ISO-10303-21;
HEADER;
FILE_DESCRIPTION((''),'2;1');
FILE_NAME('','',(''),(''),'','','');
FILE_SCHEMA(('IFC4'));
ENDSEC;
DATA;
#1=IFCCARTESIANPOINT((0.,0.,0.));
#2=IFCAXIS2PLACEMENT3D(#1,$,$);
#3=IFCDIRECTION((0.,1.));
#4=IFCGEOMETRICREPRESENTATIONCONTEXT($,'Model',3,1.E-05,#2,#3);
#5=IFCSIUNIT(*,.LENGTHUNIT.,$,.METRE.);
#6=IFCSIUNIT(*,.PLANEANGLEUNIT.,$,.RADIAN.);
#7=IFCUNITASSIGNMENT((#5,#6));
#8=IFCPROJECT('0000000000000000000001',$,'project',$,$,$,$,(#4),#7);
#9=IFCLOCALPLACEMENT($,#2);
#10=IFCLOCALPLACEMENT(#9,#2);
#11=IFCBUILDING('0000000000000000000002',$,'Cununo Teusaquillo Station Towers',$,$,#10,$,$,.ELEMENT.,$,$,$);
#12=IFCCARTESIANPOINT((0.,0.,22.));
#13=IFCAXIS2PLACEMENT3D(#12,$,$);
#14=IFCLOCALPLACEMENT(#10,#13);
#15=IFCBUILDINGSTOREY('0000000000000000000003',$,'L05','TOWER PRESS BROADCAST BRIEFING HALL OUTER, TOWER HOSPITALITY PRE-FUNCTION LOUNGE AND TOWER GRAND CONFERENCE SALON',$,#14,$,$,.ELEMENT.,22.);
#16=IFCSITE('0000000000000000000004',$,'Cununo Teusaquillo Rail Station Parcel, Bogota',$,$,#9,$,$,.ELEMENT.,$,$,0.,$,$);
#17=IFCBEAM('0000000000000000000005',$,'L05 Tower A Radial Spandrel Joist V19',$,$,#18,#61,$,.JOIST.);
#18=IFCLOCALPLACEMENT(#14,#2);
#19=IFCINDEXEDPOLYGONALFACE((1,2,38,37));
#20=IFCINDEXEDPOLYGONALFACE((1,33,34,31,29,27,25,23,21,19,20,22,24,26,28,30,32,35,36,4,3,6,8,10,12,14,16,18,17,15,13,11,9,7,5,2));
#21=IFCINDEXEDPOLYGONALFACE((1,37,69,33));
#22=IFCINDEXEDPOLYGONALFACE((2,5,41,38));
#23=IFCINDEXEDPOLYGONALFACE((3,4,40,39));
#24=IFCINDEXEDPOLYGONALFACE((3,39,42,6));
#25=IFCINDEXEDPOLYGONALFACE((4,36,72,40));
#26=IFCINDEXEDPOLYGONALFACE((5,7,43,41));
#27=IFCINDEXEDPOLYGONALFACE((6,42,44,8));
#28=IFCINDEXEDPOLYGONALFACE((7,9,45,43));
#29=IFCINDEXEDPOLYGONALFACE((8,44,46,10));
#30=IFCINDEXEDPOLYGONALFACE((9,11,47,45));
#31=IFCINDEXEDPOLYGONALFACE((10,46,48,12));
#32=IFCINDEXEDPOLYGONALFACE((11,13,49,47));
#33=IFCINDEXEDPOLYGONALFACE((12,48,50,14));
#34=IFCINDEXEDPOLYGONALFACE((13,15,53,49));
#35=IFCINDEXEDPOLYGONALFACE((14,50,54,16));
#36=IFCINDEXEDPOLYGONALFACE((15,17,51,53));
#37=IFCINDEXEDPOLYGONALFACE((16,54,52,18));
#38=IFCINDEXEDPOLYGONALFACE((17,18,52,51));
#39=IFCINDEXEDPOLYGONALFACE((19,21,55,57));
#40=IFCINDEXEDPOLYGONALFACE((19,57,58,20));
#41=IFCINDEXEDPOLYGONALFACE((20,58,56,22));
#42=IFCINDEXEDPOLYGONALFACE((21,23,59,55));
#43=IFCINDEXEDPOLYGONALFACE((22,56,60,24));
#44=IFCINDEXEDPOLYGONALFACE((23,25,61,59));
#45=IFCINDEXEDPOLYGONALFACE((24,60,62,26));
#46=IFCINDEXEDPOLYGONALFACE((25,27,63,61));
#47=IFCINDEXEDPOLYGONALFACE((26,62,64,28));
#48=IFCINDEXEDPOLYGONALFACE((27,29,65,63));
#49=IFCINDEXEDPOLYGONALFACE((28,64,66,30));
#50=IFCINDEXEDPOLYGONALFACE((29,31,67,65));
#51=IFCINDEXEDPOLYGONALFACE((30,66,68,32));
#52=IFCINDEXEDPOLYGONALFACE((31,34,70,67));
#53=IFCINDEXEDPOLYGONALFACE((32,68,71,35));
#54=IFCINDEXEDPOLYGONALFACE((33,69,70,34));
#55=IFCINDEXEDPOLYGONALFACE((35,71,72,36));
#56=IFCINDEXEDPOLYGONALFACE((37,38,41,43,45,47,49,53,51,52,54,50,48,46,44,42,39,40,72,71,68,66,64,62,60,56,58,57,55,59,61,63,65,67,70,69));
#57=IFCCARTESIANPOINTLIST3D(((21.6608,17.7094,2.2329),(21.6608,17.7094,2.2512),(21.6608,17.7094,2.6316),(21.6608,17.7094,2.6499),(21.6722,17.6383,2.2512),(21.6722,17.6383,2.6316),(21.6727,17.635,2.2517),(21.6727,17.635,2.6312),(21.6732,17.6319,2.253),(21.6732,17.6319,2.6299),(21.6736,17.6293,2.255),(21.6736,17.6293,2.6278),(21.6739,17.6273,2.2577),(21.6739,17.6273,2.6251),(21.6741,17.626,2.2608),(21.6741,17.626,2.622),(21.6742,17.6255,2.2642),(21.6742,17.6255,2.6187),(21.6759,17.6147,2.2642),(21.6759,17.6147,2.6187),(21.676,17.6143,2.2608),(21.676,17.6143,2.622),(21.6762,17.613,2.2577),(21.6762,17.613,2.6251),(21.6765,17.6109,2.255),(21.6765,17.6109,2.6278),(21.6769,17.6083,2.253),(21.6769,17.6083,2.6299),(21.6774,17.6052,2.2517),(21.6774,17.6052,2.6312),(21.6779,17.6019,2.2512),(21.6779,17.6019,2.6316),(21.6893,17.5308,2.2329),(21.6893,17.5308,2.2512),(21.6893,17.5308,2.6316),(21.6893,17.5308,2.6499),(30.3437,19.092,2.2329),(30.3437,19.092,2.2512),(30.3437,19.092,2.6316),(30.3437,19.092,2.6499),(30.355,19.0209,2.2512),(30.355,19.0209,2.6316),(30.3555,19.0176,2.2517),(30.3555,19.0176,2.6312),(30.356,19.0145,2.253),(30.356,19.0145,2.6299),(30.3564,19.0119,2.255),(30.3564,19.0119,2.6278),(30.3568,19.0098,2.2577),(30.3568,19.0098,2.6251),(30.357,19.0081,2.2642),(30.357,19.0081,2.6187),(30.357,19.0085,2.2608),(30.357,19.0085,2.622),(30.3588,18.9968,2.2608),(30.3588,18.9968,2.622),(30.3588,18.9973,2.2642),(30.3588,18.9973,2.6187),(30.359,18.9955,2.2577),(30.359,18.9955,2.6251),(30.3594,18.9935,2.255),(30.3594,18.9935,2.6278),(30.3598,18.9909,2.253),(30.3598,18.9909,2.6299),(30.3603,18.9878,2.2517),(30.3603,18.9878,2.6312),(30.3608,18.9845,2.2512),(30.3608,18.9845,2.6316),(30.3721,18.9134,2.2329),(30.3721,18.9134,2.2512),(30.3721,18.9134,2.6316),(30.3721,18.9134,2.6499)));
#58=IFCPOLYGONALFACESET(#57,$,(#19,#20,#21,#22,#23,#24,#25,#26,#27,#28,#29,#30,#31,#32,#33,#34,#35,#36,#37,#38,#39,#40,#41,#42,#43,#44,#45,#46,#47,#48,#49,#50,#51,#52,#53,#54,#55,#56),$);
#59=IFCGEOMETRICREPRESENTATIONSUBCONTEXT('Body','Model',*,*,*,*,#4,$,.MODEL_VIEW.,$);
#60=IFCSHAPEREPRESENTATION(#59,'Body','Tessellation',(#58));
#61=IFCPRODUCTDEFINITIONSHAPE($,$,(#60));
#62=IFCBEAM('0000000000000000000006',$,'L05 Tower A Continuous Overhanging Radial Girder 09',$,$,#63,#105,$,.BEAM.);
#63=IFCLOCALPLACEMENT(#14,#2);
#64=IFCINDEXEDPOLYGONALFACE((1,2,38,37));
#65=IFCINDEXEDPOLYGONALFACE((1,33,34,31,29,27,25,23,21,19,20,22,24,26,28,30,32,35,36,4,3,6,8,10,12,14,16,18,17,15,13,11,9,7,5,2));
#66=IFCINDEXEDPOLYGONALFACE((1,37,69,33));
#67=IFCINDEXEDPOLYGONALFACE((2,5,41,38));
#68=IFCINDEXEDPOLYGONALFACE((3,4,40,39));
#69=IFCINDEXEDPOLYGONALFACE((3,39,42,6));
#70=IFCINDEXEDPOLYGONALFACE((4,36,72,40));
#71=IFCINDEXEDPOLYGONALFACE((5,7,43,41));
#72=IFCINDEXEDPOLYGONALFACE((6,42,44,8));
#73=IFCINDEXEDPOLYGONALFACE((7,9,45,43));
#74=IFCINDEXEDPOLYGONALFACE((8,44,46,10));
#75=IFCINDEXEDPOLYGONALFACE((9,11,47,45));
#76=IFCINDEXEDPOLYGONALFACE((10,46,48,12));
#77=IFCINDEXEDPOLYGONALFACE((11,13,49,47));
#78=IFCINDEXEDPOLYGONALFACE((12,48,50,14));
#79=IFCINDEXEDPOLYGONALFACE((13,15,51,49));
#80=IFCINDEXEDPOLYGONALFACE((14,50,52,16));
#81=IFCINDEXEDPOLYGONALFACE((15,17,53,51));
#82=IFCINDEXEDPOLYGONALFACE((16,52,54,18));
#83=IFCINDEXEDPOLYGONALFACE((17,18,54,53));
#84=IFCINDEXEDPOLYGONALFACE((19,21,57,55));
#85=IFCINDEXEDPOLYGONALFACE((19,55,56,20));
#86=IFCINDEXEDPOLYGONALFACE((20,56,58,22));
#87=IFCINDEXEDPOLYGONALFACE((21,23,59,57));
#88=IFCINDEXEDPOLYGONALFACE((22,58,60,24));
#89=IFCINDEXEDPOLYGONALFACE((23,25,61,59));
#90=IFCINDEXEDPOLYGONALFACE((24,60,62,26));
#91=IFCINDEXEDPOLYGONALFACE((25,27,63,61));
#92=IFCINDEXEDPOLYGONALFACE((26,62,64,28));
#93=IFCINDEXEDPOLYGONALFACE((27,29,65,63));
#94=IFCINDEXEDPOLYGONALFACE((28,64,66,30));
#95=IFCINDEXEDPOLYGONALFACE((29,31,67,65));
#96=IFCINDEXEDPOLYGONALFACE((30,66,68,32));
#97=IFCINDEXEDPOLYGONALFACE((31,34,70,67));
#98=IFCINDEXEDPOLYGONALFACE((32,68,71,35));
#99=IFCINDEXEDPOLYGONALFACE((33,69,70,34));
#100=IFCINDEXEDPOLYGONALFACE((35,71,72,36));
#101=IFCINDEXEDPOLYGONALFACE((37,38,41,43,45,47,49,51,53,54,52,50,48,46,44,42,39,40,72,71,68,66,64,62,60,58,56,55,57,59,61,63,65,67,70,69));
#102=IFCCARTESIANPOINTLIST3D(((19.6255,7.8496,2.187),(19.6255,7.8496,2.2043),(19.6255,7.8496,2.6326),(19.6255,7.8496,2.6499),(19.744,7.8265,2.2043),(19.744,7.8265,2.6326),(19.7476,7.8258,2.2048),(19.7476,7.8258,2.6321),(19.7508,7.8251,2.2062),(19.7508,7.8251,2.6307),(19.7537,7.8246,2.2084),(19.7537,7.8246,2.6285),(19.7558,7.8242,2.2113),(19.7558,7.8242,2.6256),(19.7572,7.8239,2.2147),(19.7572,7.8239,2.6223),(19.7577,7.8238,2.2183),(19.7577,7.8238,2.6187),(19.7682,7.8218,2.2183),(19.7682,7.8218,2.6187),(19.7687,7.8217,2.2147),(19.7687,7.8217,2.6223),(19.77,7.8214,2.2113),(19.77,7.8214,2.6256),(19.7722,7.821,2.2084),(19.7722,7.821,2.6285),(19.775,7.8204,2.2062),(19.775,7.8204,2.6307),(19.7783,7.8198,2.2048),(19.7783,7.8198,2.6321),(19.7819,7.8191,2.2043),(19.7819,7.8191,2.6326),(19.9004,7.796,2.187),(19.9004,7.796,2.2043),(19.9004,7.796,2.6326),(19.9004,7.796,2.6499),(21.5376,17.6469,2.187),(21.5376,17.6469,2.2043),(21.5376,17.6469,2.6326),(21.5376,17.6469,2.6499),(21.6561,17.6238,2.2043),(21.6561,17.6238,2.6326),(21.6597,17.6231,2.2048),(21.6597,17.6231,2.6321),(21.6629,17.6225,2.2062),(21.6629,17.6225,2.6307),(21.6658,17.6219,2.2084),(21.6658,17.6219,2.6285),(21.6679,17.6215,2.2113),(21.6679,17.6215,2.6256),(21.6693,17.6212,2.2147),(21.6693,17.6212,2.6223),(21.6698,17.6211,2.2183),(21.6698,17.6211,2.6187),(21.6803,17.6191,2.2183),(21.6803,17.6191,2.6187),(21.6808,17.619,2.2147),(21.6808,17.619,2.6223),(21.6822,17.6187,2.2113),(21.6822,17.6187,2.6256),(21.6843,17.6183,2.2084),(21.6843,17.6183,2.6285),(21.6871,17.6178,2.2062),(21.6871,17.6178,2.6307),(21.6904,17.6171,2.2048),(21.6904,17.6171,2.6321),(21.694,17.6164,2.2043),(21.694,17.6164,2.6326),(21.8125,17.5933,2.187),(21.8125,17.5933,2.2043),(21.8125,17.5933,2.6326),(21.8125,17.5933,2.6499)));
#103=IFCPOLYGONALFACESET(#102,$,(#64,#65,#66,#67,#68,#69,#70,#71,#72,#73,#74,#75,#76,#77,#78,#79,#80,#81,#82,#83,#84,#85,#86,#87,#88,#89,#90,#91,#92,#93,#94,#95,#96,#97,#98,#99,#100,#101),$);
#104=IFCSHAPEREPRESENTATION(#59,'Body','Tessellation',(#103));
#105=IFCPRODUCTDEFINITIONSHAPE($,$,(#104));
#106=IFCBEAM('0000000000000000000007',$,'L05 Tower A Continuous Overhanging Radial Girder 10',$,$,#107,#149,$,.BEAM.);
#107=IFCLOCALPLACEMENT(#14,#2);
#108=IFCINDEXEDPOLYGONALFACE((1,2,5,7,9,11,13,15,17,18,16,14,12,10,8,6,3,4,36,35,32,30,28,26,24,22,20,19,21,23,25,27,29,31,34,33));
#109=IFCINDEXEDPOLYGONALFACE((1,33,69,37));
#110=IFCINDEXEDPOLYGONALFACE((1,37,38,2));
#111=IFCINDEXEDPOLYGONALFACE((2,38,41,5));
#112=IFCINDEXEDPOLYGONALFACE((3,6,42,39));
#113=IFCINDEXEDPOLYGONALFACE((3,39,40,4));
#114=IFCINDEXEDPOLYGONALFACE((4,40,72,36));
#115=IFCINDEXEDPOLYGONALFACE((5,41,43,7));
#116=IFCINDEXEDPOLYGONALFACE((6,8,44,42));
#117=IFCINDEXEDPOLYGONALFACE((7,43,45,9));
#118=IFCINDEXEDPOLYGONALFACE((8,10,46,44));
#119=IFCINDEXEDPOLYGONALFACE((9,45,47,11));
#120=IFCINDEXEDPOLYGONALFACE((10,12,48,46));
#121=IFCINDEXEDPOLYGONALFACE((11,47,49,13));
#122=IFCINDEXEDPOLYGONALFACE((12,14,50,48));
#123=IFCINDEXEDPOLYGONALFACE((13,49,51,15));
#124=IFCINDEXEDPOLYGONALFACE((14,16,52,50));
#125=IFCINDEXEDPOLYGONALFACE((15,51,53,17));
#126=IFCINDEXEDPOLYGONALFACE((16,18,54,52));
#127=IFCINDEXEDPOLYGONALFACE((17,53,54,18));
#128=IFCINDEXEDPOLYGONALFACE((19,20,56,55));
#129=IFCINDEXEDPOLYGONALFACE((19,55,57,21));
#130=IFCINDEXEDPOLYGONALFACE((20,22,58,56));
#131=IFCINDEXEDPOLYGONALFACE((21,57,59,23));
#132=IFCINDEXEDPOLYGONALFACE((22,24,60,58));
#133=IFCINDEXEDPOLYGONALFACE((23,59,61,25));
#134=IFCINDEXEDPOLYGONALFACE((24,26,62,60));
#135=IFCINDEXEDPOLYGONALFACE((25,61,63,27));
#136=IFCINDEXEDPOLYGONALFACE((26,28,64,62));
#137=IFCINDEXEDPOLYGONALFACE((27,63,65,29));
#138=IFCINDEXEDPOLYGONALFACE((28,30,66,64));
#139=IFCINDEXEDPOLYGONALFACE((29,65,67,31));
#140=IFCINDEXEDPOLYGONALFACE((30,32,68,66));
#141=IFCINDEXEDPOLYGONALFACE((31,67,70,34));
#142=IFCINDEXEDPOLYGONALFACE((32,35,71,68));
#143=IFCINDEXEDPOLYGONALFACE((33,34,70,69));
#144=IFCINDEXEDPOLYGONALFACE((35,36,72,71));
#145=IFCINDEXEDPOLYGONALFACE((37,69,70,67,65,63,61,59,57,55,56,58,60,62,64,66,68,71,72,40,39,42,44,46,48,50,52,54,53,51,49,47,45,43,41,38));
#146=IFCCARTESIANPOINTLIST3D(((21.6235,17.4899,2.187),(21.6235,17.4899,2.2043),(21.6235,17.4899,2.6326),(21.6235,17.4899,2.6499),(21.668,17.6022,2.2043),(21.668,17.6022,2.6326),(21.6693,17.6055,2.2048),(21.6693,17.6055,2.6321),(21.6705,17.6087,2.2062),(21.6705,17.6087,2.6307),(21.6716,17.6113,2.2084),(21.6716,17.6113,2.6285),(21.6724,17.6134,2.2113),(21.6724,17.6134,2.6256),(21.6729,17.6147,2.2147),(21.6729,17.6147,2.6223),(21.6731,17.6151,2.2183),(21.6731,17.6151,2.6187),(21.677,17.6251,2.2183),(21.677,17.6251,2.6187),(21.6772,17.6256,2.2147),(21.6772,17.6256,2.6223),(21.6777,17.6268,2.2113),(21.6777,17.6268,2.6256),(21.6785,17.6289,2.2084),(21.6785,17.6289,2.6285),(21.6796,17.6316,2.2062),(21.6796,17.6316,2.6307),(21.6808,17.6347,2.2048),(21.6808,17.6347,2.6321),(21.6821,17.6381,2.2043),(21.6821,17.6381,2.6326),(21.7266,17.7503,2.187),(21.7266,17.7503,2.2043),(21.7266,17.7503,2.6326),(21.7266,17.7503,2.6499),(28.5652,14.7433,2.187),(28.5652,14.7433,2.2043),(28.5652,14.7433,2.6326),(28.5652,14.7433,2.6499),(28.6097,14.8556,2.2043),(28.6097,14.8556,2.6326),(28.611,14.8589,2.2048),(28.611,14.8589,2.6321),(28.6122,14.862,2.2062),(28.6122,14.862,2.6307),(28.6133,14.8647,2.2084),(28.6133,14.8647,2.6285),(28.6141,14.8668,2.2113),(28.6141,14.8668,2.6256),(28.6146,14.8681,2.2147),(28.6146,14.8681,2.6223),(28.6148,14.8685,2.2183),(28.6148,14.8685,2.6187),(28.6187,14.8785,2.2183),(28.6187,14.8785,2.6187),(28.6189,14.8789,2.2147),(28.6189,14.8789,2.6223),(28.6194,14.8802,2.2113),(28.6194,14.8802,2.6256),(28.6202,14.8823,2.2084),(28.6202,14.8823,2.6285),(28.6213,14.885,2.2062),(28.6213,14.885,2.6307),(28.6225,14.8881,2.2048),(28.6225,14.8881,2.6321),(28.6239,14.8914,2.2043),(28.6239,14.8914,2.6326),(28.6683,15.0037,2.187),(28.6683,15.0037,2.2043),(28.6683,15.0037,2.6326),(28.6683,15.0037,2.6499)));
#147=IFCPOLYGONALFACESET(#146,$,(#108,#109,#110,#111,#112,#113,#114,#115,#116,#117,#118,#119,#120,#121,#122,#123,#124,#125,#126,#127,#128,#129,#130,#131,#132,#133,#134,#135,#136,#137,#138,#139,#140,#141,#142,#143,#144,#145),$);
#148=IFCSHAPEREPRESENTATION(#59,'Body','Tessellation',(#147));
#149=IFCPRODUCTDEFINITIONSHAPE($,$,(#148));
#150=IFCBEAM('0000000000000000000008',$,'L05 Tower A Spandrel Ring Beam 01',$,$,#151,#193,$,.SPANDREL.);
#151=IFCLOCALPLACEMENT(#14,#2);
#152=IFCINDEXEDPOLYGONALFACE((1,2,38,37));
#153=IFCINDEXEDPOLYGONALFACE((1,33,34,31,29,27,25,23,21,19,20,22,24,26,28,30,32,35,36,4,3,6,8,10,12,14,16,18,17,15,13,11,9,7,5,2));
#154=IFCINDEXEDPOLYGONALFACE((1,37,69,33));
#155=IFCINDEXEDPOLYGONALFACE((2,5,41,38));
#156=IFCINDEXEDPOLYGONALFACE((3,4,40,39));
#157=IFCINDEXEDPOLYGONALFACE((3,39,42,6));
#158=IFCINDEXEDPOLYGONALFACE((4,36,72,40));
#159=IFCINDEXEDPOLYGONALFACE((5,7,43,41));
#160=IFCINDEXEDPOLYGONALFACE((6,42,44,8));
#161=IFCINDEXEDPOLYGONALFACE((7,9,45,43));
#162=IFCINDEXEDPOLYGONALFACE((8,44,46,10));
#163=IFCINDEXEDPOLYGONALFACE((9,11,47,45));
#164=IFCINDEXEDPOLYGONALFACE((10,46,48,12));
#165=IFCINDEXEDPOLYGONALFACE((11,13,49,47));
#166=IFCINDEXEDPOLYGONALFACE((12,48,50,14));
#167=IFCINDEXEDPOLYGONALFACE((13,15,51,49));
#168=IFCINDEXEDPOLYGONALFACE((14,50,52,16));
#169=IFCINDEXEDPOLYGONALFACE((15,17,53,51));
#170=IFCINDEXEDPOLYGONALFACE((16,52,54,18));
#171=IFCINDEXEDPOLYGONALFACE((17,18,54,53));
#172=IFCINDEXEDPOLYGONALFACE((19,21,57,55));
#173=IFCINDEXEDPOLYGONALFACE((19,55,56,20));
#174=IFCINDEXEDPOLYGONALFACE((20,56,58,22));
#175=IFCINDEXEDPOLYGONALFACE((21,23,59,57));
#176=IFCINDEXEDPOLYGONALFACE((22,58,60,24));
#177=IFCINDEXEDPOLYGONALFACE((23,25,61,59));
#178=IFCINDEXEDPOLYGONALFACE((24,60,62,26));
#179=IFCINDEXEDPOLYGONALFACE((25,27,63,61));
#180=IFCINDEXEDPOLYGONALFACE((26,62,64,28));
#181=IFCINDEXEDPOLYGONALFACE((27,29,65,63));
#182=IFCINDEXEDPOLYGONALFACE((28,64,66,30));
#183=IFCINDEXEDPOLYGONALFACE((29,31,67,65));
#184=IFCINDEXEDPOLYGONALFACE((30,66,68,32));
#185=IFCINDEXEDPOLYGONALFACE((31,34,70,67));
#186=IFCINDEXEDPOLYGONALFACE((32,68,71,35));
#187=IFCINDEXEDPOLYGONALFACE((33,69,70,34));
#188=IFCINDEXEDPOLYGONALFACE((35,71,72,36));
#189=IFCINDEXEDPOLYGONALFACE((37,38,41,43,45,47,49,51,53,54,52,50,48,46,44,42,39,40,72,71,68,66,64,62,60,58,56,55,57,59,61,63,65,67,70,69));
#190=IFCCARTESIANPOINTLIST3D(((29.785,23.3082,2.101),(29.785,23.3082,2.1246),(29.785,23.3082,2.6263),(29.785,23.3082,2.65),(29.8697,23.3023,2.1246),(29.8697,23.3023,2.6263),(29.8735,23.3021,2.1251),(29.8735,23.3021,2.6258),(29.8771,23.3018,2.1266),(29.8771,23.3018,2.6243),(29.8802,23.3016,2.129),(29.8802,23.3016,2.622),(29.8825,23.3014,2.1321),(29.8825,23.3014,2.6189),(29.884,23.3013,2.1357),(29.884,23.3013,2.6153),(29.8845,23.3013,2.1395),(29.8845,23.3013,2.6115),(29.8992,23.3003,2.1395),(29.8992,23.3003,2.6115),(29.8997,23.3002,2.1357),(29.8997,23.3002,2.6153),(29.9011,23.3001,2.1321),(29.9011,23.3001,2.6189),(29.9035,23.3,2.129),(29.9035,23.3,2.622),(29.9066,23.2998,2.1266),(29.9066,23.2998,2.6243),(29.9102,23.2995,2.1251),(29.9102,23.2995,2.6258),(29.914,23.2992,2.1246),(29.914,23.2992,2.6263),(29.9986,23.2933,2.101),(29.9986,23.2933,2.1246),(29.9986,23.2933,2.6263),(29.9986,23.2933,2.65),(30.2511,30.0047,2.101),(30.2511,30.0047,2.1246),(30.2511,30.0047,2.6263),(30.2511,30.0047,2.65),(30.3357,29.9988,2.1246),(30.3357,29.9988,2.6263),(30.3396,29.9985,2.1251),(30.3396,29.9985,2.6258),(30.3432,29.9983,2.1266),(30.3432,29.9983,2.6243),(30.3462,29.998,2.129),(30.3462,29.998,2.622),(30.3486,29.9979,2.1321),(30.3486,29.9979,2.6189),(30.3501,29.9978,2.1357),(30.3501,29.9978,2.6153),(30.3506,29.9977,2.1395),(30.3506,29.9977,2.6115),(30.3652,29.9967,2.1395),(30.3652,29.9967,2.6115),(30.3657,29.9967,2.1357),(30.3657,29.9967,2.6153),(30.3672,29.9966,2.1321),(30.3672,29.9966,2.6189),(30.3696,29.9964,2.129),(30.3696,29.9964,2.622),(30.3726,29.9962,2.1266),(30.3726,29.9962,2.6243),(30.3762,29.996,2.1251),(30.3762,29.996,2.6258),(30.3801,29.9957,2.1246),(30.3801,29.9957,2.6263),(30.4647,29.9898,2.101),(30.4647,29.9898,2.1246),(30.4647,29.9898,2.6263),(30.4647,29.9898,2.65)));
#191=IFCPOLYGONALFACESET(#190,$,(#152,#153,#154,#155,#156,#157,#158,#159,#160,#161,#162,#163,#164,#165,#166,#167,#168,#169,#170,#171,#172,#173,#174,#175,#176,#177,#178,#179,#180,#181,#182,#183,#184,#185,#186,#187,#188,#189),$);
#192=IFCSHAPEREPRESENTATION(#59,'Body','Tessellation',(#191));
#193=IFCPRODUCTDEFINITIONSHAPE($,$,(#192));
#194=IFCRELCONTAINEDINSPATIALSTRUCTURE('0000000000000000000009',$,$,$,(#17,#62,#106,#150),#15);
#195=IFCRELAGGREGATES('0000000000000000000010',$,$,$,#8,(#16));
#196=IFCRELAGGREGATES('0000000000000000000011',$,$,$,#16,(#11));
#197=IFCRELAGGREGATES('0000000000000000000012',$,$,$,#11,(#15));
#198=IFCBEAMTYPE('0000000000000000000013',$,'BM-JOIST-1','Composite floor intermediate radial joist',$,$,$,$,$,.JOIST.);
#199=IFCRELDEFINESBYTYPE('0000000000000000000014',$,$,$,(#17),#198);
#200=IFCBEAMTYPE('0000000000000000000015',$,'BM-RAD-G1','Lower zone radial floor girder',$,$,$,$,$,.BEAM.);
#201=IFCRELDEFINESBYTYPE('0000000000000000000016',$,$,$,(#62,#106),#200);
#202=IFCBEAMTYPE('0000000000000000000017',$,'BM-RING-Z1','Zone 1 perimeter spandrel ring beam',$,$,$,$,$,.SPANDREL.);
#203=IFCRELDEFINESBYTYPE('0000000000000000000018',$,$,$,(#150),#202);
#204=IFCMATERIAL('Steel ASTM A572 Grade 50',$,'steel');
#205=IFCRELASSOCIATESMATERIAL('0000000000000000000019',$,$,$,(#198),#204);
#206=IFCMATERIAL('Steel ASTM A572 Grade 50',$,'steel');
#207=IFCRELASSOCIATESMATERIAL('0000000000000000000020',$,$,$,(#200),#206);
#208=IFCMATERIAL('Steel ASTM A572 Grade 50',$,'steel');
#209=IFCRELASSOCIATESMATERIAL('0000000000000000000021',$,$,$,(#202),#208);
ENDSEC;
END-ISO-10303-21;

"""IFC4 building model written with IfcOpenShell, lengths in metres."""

from ifc_helpers import new_model, si_unit, direction, frame, origin, origin_2d, place, context, subcontext, project, spatial, i_section, extrude, material, material_profile, profile_set, type_object, element, save


model = new_model("IFC4")

# Units and contexts
model_context = context("Model", 3, precision=1e-05, world=origin(), true_north=direction((0.0, 1.0)))
body_context = subcontext(model_context, "Body", "Model", "MODEL_VIEW")
ifc_project = project(units=[si_unit("LENGTHUNIT", "METRE"), si_unit("PLANEANGLEUNIT", "RADIAN")], contexts=[model_context])

# Site, building, storey
site_placement = place(None, origin())
site = spatial("IfcSite", under=ifc_project, at=site_placement, Name="Cununo Teusaquillo Rail Station Parcel, Bogota", CompositionType="ELEMENT", RefElevation=0.0)
building_placement = place(site_placement, origin())
building = spatial("IfcBuilding", under=site, at=building_placement, Name="Cununo Teusaquillo Station Towers", CompositionType="ELEMENT")
storey_placement = place(building_placement, frame((0.0, 0.0, 22.0)))
storey = spatial("IfcBuildingStorey", under=building, at=storey_placement, Name="L05", Description="TOWER PRESS BROADCAST BRIEFING HALL OUTER, TOWER HOSPITALITY PRE-FUNCTION LOUNGE AND TOWER GRAND CONFERENCE SALON", CompositionType="ELEMENT", Elevation=22.0)

# Beams
ifc_material_1 = material(Name="Steel ASTM A572 Grade 50", Category="steel")
ifc_material_profile_1 = material_profile(ifc_material_1, i_section(OverallWidth=0.1809, OverallDepth=0.417, WebThickness=0.011, FlangeThickness=0.0183, FilletRadius=0.0129, at=origin_2d()), Name="W16X57")
ifc_profile_set_1 = profile_set([ifc_material_profile_1], Name="Steel ASTM A572 Grade 50")
beam_type_1 = type_object("IfcBeamType", Name="BM-JOIST-1", Description="Composite floor intermediate radial joist", PredefinedType="JOIST", material=ifc_profile_set_1)
beam_1_placement = place(storey_placement, frame((21.675, 17.6201, 2.4414), z_axis=(0.987559, 0.157249, 0.0), x_axis=(-0.157249, 0.987559, 0.0)))
element("IfcBeam", 1, at=beam_1_placement, inside=storey, type_object=beam_type_1, Name="L05 Tower A Radial Spandrel Joist V19", PredefinedType="JOIST", context=body_context, shape_type="SweptSolid", body=[
    extrude(i_section(OverallWidth=0.1809, OverallDepth=0.417, WebThickness=0.011, FlangeThickness=0.0183, FilletRadius=0.0129, at=origin_2d()), origin(), (0.0, 0.0, 1.0), 8.7922),
])
ifc_material_2 = material(Name="Steel ASTM A572 Grade 50", Category="steel")
ifc_material_profile_2 = material_profile(ifc_material_2, i_section(OverallWidth=0.28, OverallDepth=0.4629, WebThickness=0.0107, FlangeThickness=0.0173, FilletRadius=0.0139, at=origin_2d()), Name="W18X76")
ifc_profile_set_2 = profile_set([ifc_material_profile_2], Name="Steel ASTM A572 Grade 50")
beam_type_2 = type_object("IfcBeamType", Name="BM-RAD-G1", Description="Lower zone radial floor girder", PredefinedType="BEAM", material=ifc_profile_set_2)
beam_2_placement = place(storey_placement, frame((21.675, 17.6201, 2.4185), z_axis=(-0.191552, -0.981483, 0.0), x_axis=(0.981483, -0.191552, 0.0)))
element("IfcBeam", 2, at=beam_2_placement, inside=storey, type_object=beam_type_2, Name="L05 Tower A Continuous Overhanging Radial Girder 09", PredefinedType="BEAM", context=body_context, shape_type="SweptSolid", body=[
    extrude(i_section(OverallWidth=0.28, OverallDepth=0.4629, WebThickness=0.0107, FlangeThickness=0.0173, FilletRadius=0.0139, at=origin_2d()), origin(), (0.0, 0.0, 1.0), 9.9822),
])
beam_3_placement = place(storey_placement, frame((21.675, 17.6201, 2.4185), z_axis=(0.92986, -0.367915, 0.0), x_axis=(0.367915, 0.92986, 0.0)))
element("IfcBeam", 3, at=beam_3_placement, inside=storey, type_object=beam_type_2, Name="L05 Tower A Continuous Overhanging Radial Girder 10", PredefinedType="BEAM", context=body_context, shape_type="SweptSolid", body=[
    extrude(i_section(OverallWidth=0.28, OverallDepth=0.4629, WebThickness=0.0107, FlangeThickness=0.0173, FilletRadius=0.0139, at=origin_2d()), origin(), (0.0, 0.0, 1.0), 7.4653),
])
ifc_material_3 = material(Name="Steel ASTM A572 Grade 50", Category="steel")
ifc_material_profile_3 = material_profile(ifc_material_3, i_section(OverallWidth=0.2141, OverallDepth=0.5491, WebThickness=0.0146, FlangeThickness=0.0237, FilletRadius=0.0149, at=origin_2d()), Name="W21X93")
ifc_profile_set_3 = profile_set([ifc_material_profile_3], Name="Steel ASTM A572 Grade 50")
beam_type_3 = type_object("IfcBeamType", Name="BM-RING-Z1", Description="Zone 1 perimeter spandrel ring beam", PredefinedType="SPANDREL", material=ifc_profile_set_3)
beam_4_placement = place(storey_placement, frame((29.8918, 23.3008, 2.3755), z_axis=(0.06943, 0.997587, 0.0), x_axis=(-0.997587, 0.06943, 0.0)))
element("IfcBeam", 4, at=beam_4_placement, inside=storey, type_object=beam_type_3, Name="L05 Tower A Spandrel Ring Beam 01", PredefinedType="SPANDREL", context=body_context, shape_type="SweptSolid", body=[
    extrude(i_section(OverallWidth=0.2141, OverallDepth=0.5491, WebThickness=0.0146, FlangeThickness=0.0237, FilletRadius=0.0149, at=origin_2d()), origin(), (0.0, 0.0, 1.0), 6.7126),
])

save(model, "model.ifc")
